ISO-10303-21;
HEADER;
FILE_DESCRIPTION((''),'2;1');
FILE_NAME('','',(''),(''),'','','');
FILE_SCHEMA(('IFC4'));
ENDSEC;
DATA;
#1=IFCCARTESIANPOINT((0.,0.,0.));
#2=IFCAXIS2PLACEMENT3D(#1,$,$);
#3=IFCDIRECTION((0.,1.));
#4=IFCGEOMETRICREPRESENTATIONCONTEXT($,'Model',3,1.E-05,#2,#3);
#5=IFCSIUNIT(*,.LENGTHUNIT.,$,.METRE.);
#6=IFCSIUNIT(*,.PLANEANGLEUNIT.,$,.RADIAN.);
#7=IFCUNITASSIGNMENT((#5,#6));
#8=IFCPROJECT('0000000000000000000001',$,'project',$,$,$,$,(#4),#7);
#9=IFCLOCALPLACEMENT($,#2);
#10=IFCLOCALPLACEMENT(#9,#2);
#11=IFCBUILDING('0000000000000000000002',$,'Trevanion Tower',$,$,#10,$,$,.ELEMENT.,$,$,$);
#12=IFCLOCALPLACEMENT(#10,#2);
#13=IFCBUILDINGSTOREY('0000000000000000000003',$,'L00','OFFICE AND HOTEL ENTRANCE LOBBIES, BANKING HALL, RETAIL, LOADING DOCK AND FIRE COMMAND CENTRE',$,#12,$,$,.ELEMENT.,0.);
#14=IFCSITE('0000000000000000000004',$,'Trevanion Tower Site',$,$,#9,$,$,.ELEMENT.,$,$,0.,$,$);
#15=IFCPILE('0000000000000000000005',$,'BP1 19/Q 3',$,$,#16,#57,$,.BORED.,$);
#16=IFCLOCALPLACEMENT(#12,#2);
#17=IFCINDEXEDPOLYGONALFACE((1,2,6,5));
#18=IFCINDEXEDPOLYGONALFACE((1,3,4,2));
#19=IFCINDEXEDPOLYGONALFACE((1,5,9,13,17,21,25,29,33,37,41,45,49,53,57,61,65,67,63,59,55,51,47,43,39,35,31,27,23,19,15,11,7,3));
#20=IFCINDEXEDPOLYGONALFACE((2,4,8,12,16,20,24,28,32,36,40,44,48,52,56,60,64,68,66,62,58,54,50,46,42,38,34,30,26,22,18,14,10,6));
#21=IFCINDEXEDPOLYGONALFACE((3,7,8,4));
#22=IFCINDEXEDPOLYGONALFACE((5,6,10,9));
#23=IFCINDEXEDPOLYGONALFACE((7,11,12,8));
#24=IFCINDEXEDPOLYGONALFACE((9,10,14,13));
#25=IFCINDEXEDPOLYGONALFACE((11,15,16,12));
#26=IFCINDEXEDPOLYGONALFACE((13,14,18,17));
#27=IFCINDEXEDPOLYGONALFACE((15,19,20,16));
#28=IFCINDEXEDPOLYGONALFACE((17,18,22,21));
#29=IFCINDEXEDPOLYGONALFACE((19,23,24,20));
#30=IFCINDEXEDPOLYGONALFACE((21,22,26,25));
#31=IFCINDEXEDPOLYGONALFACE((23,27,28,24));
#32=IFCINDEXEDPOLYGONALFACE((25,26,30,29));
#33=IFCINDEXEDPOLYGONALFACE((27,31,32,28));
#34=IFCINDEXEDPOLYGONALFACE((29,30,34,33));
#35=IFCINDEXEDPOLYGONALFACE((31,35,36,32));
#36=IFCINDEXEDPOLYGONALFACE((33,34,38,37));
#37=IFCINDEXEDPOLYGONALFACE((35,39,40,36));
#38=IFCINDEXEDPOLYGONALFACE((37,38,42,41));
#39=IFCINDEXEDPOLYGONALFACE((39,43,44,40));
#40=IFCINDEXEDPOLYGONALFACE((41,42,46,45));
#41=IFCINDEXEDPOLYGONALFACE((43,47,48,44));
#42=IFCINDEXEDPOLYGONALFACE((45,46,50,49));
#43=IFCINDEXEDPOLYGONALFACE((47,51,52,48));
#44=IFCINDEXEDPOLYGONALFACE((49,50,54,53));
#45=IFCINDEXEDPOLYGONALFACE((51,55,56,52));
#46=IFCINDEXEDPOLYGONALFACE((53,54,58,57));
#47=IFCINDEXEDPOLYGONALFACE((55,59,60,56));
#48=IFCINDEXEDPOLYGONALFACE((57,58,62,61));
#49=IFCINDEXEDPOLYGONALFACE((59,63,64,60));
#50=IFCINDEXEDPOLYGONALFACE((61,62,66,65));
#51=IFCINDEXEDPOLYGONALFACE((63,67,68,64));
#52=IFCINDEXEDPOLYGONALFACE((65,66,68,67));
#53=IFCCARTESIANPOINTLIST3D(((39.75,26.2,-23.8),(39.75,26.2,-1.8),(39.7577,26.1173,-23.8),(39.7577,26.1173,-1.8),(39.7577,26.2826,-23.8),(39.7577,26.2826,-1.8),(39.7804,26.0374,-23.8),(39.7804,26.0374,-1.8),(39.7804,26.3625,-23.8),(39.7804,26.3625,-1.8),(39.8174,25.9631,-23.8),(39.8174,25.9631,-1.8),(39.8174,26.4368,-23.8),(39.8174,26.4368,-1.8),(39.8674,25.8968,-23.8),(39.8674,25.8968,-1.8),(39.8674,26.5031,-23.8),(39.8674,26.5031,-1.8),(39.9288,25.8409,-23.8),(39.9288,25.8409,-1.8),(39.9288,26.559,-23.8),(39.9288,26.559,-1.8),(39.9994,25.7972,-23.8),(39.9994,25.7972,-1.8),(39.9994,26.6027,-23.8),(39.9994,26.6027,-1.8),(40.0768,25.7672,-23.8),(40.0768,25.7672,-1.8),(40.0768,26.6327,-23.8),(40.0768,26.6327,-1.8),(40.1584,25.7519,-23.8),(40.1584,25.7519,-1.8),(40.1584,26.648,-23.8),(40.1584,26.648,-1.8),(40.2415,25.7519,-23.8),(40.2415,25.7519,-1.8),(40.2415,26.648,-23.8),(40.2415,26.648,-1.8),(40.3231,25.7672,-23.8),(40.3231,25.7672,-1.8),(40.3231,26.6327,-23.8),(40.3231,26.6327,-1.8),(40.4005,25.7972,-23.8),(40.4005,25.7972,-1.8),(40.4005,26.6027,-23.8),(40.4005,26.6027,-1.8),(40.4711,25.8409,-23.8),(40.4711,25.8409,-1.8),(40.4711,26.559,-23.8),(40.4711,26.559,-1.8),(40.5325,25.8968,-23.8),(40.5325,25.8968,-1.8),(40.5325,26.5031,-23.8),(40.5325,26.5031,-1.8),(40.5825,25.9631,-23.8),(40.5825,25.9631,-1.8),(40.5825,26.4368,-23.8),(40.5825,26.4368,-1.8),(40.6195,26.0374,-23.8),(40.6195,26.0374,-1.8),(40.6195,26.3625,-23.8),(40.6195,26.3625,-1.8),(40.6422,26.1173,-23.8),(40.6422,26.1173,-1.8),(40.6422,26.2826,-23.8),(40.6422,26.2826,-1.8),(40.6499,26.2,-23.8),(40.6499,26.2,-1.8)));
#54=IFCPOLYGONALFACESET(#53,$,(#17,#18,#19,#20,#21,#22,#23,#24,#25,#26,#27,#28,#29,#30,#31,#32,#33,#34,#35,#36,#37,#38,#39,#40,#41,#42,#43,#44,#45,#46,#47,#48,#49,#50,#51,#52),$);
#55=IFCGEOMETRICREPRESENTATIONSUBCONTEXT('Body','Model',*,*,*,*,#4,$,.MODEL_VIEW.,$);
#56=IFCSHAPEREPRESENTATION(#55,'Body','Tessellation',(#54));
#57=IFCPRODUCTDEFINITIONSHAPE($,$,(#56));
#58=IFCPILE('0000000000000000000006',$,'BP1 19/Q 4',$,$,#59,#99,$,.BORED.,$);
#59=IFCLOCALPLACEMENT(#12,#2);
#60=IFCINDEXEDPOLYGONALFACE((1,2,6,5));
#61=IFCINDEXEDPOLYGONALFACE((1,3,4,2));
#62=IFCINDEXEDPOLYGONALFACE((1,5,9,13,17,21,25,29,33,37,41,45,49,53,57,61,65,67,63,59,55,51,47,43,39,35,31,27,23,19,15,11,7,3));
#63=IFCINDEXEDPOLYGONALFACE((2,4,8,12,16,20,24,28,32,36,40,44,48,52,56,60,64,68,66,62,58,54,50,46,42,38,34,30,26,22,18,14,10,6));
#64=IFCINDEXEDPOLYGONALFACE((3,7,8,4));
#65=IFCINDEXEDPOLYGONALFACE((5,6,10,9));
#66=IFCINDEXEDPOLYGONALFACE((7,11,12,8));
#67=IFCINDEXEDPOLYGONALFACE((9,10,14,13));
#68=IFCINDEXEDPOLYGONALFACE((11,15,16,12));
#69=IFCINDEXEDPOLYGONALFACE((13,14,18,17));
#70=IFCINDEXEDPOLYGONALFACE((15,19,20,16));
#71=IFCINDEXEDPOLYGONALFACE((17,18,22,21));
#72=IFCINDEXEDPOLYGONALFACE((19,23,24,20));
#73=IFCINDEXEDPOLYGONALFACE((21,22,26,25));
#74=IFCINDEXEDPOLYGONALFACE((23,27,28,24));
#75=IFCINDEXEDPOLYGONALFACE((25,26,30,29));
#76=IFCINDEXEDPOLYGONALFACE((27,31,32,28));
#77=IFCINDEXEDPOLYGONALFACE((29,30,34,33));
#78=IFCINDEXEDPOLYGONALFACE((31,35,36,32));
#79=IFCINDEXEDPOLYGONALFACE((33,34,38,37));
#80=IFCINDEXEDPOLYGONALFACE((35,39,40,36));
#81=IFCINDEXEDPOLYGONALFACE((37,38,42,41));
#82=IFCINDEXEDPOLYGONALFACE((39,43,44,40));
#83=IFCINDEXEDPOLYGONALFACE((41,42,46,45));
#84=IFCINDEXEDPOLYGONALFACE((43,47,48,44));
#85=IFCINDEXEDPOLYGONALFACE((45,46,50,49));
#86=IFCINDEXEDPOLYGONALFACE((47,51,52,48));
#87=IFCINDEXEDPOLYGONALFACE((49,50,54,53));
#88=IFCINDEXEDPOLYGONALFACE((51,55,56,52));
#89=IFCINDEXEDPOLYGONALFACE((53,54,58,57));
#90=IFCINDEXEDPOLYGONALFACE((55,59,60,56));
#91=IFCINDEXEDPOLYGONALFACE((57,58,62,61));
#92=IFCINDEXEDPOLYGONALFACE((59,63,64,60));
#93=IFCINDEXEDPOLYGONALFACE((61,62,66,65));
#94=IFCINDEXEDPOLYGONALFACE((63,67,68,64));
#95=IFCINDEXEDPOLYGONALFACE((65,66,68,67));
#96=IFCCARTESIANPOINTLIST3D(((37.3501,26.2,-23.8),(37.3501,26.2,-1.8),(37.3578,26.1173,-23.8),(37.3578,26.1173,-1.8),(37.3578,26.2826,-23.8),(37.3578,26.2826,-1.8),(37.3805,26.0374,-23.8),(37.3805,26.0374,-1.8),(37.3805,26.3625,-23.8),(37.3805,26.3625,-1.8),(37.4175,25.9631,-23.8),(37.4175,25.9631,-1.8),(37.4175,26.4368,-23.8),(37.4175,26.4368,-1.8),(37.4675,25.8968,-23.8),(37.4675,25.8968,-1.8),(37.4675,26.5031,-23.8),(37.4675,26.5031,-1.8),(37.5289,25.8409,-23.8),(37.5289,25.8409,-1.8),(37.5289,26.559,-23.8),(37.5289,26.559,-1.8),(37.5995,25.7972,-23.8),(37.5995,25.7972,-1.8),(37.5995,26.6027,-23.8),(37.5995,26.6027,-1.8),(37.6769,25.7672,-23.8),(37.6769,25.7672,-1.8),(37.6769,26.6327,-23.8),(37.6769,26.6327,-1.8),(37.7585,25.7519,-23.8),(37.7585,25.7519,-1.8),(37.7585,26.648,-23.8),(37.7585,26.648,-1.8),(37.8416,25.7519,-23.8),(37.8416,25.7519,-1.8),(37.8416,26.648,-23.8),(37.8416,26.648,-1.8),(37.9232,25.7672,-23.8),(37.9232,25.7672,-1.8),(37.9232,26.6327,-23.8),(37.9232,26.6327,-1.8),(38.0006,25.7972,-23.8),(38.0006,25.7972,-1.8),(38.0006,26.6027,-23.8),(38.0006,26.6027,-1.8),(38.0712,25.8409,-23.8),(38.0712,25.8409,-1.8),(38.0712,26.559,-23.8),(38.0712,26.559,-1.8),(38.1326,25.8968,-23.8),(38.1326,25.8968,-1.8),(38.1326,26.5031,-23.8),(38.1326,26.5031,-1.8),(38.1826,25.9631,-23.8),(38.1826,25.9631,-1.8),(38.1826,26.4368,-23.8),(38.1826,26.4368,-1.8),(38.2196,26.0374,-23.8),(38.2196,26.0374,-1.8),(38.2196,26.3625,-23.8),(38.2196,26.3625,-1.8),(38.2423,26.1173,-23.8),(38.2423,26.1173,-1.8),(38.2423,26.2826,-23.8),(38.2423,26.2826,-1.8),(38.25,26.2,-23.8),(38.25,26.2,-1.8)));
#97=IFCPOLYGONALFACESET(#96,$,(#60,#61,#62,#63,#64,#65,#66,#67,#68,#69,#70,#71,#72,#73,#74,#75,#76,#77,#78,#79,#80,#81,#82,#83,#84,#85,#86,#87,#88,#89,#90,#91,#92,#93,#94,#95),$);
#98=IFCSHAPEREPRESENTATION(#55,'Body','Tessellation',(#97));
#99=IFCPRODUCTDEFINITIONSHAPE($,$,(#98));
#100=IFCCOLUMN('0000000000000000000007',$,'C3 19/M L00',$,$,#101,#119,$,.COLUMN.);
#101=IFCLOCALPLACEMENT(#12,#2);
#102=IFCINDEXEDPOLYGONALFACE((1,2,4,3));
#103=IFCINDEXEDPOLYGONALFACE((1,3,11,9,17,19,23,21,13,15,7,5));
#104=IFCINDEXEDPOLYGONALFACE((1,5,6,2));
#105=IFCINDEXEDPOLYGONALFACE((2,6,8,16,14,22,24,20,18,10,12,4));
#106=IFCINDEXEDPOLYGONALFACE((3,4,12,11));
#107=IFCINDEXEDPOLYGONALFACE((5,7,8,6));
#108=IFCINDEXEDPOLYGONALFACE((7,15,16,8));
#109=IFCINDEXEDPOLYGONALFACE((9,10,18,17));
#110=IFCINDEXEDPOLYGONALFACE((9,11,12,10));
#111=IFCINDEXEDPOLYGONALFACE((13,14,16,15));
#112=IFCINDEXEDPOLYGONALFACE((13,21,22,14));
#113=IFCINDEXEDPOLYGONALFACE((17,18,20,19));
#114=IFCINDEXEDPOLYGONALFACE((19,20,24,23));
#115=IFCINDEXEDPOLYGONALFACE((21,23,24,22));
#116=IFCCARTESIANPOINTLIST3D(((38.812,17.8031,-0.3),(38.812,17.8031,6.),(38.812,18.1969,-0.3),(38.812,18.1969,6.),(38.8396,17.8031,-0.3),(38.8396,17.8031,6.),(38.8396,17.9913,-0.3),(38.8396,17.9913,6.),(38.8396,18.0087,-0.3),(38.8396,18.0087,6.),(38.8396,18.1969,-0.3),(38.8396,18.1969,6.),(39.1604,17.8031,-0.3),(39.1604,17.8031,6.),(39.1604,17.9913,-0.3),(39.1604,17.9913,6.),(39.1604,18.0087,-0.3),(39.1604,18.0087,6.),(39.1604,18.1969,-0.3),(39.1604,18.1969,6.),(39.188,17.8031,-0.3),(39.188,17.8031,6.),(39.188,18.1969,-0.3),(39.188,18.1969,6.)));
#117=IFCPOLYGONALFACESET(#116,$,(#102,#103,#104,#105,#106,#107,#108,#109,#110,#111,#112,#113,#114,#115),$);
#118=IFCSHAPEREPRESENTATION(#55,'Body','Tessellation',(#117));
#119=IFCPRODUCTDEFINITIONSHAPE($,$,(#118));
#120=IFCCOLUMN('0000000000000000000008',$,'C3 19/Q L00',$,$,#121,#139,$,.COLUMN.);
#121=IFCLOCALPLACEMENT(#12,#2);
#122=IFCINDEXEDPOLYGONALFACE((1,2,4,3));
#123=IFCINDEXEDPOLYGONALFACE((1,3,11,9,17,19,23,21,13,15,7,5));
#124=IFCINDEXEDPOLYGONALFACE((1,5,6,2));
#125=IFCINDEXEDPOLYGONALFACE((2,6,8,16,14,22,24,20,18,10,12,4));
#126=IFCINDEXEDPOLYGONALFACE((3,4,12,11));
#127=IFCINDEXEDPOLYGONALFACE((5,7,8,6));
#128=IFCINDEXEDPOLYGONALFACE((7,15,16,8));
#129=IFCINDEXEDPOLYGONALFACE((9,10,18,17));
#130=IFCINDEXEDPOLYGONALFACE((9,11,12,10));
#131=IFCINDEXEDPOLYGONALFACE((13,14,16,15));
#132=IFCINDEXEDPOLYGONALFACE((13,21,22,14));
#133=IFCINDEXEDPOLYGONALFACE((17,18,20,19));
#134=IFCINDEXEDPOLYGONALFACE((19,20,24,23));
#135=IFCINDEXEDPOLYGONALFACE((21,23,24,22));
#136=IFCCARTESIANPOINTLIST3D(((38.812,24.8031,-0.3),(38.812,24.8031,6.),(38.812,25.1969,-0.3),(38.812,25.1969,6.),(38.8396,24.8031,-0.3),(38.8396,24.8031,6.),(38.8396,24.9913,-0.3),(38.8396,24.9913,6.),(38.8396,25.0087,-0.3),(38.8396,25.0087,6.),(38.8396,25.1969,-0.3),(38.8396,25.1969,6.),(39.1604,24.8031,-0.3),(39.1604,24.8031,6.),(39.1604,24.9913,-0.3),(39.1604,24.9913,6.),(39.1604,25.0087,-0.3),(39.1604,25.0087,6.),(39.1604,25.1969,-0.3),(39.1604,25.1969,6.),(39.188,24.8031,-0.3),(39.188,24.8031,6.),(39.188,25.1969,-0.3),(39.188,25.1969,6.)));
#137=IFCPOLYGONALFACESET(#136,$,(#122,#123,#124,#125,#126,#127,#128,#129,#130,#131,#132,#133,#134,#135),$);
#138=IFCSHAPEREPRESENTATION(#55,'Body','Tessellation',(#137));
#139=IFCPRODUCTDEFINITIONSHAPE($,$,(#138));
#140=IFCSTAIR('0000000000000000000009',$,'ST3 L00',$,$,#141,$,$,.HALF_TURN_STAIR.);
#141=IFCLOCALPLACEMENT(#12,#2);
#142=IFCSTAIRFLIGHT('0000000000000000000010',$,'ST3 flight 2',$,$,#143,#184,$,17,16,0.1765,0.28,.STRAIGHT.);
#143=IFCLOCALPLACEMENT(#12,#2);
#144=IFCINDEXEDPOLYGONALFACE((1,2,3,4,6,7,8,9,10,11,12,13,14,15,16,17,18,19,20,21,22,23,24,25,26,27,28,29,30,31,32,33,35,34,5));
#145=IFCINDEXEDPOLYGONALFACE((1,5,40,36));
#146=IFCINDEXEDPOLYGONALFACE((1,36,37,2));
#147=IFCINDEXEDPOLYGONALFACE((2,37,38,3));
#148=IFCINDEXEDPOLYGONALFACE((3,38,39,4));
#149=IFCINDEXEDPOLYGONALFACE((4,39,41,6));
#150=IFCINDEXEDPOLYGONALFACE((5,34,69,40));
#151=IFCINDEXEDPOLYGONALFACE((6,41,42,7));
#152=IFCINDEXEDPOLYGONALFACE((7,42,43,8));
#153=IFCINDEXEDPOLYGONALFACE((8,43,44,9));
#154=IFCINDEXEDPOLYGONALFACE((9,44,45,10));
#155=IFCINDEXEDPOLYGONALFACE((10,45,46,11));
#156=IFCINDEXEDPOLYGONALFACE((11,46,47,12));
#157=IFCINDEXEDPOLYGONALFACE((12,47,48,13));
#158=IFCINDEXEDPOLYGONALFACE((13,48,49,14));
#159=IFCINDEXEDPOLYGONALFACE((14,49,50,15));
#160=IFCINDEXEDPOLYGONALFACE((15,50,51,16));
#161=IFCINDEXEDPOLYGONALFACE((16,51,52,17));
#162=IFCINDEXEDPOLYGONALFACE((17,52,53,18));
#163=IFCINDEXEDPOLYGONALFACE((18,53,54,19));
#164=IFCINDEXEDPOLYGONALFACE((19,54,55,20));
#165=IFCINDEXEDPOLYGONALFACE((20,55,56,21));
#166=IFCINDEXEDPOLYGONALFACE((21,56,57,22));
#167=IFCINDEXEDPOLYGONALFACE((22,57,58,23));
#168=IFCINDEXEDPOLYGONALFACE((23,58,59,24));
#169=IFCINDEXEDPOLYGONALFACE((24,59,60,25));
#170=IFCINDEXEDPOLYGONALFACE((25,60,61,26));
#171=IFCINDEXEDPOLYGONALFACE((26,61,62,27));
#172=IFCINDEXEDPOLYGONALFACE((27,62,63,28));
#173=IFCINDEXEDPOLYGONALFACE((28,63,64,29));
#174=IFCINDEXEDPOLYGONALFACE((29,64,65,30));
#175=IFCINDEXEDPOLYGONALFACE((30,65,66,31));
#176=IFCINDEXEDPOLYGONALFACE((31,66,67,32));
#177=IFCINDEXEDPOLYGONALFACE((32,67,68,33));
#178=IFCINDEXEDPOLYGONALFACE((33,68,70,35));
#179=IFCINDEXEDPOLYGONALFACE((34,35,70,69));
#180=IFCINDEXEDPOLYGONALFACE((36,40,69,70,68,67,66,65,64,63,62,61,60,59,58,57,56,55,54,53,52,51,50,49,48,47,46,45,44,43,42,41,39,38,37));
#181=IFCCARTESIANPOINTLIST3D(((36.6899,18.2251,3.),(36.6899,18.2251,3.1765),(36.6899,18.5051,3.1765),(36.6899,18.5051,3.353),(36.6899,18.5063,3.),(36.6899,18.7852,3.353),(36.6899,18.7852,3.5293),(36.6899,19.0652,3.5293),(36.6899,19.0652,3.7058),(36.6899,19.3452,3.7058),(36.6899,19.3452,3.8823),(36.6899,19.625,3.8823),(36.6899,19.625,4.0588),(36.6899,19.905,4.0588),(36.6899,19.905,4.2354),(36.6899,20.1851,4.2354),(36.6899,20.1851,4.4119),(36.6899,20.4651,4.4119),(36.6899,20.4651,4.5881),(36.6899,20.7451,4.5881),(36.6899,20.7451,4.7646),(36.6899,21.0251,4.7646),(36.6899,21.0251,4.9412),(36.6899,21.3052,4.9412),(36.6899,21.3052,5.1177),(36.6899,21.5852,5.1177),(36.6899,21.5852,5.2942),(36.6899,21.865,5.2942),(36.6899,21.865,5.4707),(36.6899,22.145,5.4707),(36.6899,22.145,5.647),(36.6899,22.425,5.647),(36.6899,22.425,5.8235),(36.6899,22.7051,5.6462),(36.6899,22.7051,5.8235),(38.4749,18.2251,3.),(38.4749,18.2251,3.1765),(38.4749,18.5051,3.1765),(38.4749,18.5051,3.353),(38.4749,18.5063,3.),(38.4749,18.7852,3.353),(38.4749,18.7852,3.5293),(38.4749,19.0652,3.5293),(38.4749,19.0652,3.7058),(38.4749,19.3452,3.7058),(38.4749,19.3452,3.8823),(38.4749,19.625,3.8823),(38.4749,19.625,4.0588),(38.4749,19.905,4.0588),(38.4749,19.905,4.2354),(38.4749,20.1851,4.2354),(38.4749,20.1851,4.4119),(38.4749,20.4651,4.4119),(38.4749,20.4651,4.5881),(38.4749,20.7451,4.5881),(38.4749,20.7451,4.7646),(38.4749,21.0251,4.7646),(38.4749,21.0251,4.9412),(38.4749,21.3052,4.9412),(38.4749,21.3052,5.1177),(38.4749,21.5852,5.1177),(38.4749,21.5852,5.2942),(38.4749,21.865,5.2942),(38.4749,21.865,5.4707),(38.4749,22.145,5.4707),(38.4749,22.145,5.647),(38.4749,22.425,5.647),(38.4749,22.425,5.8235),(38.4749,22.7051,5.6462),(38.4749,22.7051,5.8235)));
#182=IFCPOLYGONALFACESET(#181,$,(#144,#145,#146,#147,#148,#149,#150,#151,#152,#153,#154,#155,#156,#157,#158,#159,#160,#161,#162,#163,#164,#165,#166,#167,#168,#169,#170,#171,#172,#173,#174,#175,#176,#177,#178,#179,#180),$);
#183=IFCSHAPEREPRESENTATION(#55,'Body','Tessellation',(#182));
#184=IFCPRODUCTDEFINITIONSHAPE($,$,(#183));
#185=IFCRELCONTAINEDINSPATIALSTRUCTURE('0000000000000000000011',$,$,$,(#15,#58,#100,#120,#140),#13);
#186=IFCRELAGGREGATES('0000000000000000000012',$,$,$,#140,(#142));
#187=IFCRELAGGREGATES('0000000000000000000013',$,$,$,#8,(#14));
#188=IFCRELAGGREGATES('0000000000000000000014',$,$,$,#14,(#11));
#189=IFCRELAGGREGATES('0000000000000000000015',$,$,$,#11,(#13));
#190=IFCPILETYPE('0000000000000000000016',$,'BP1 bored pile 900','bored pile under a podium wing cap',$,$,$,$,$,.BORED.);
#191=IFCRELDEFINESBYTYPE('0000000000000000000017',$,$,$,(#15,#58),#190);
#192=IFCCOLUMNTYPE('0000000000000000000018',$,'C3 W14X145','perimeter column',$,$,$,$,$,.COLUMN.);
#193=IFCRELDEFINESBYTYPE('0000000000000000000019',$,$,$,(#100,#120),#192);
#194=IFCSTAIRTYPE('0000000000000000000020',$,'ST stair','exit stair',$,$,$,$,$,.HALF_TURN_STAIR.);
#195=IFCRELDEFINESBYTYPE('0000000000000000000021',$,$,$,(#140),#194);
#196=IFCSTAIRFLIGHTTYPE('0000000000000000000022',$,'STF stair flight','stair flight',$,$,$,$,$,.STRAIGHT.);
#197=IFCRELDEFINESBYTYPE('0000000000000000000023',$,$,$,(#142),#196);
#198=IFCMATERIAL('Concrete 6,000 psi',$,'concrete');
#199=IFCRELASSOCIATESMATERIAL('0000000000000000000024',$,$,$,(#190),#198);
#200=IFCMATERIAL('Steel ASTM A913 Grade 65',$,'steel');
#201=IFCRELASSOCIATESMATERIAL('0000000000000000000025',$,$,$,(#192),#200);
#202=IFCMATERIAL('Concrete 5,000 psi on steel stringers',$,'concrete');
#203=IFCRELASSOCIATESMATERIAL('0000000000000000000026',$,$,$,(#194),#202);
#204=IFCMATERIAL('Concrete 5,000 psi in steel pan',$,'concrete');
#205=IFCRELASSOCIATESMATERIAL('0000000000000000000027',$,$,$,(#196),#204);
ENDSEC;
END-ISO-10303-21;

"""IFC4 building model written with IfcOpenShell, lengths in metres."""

from ifc_helpers import new_model, si_unit, direction, frame, origin, origin_2d, place, context, subcontext, project, spatial, polyline, circle, i_section, outline, extrude, material, material_profile, profile_set, type_object, element, aggregate, save


model = new_model("IFC4")

# Units and contexts
model_context = context("Model", 3, precision=1e-05, world=origin(), true_north=direction((0.0, 1.0)))
body_context = subcontext(model_context, "Body", "Model", "MODEL_VIEW")
ifc_project = project(units=[si_unit("LENGTHUNIT", "METRE"), si_unit("PLANEANGLEUNIT", "RADIAN")], contexts=[model_context])

# Site, building, storey
site_placement = place(None, origin())
site = spatial("IfcSite", under=ifc_project, at=site_placement, Name="Trevanion Tower Site", CompositionType="ELEMENT", RefElevation=0.0)
building_placement = place(site_placement, origin())
building = spatial("IfcBuilding", under=site, at=building_placement, Name="Trevanion Tower", CompositionType="ELEMENT")
storey_placement = place(building_placement, origin())
storey = spatial("IfcBuildingStorey", under=building, at=storey_placement, Name="L00", Description="OFFICE AND HOTEL ENTRANCE LOBBIES, BANKING HALL, RETAIL, LOADING DOCK AND FIRE COMMAND CENTRE", CompositionType="ELEMENT", Elevation=0.0)

# Piles
ifc_material_1 = material(Name="Concrete 6,000 psi", Category="concrete")
ifc_material_profile_1 = material_profile(ifc_material_1, circle(Radius=0.45, at=origin_2d()), Name="BP1 bored pile 900")
ifc_profile_set_1 = profile_set([ifc_material_profile_1], Name="Concrete 6,000 psi")
pile_type = type_object("IfcPileType", Name="BP1 bored pile 900", Description="bored pile under a podium wing cap", PredefinedType="BORED", material=ifc_profile_set_1)
for number, where, z_axis, x_axis, name in (
    (1, (40.2, 26.2, -1.8), (0.0, 0.0, -1.0), (1.0, 0.0, 0.0), "BP1 19/Q 3"),
    (2, (37.8, 26.2, -1.8), (0.0, 0.0, -1.0), (1.0, 0.0, 0.0), "BP1 19/Q 4"),
):
    element("IfcPile", number, at=place(storey_placement, frame(where, z_axis=z_axis, x_axis=x_axis)), inside=storey, type_object=pile_type, Name=name, PredefinedType="BORED", context=body_context, shape_type="SweptSolid", body=[
        extrude(circle(Radius=0.45, at=origin_2d()), origin(), (0.0, 0.0, 1.0), 22.0),
    ])

# Columns
ifc_material_2 = material(Name="Steel ASTM A913 Grade 65", Category="steel")
ifc_material_profile_2 = material_profile(ifc_material_2, i_section(OverallWidth=0.3938, OverallDepth=0.376, WebThickness=0.0173, FlangeThickness=0.0276, at=origin_2d()), Name="W14X145")
ifc_profile_set_2 = profile_set([ifc_material_profile_2], Name="Steel ASTM A913 Grade 65")
column_type = type_object("IfcColumnType", Name="C3 W14X145", Description="perimeter column", PredefinedType="COLUMN", material=ifc_profile_set_2)
for number, where, z_axis, x_axis, name in (
    (3, (39.0, 18.0, -0.3), (0.0, 0.0, 1.0), (0.0, 1.0, 0.0), "C3 19/M L00"),
    (4, (39.0, 25.0, -0.3), (0.0, 0.0, 1.0), (0.0, 1.0, 0.0), "C3 19/Q L00"),
):
    element("IfcColumn", number, at=place(storey_placement, frame(where, z_axis=z_axis, x_axis=x_axis)), inside=storey, type_object=column_type, Name=name, PredefinedType="COLUMN", context=body_context, shape_type="SweptSolid", body=[
        extrude(i_section(OverallWidth=0.3938, OverallDepth=0.376, WebThickness=0.0173, FlangeThickness=0.0276, at=origin_2d()), origin(), (0.0, 0.0, 1.0), 6.3),
    ])

# Stair, stair flight
ifc_material_3 = material(Name="Concrete 5,000 psi on steel stringers", Category="concrete")
stair_type = type_object("IfcStairType", Name="ST stair", Description="exit stair", PredefinedType="HALF_TURN_STAIR", material=ifc_material_3)
stair_placement = place(storey_placement, origin())
stair = element("IfcStair", 5, at=stair_placement, inside=storey, type_object=stair_type, Name="ST3 L00", PredefinedType="HALF_TURN_STAIR")
ifc_material_4 = material(Name="Concrete 5,000 psi in steel pan", Category="concrete")
stair_flight_type = type_object("IfcStairFlightType", Name="STF stair flight", Description="stair flight", PredefinedType="STRAIGHT", material=ifc_material_4)
stair_flight_placement = place(storey_placement, frame((37.5825, 18.2251, 3.0), z_axis=(0.0, 0.0, 1.0), x_axis=(0.0, 1.0, 0.0)))
stair_flight = element("IfcStairFlight", 6, at=stair_flight_placement, type_object=stair_flight_type, Name="ST3 flight 2", NumberOfRisers=17, NumberOfTreads=16, PredefinedType="STRAIGHT", RiserHeight=0.1765, TreadLength=0.28, context=body_context, shape_type="SweptSolid", body=[
    extrude(outline(polyline([(0.0, 0.0), (0.0, 0.1765), (0.28, 0.1765), (0.28, 0.353), (0.5601, 0.353), (0.5601, 0.5293), (0.8401, 0.5293), (0.8401, 0.7058), (1.1201, 0.7058), (1.1201, 0.8823), (1.3999, 0.8823), (1.3999, 1.0588), (1.6799, 1.0588), (1.6799, 1.2354), (1.96, 1.2354), (1.96, 1.4119), (2.24, 1.4119), (2.24, 1.5881), (2.52, 1.5881), (2.52, 1.7646), (2.8, 1.7646), (2.8, 1.9412), (3.0801, 1.9412), (3.0801, 2.1177), (3.3601, 2.1177), (3.3601, 2.2942), (3.6399, 2.2942), (3.6399, 2.4707), (3.9199, 2.4707), (3.9199, 2.647), (4.2, 2.647), (4.2, 2.8235), (4.48, 2.8235), (4.48, 3.0), (4.48, 2.6462), (0.2812, 0.0), (0.0, 0.0)])), frame((0.0, 0.8926, 0.0), z_axis=(0.0, -1.0, 0.0), x_axis=(1.0, 0.0, 0.0)), (0.0, 0.0, 1.0), 1.7849),
])
aggregate(stair, [stair_flight])

save(model, "model.ifc")
